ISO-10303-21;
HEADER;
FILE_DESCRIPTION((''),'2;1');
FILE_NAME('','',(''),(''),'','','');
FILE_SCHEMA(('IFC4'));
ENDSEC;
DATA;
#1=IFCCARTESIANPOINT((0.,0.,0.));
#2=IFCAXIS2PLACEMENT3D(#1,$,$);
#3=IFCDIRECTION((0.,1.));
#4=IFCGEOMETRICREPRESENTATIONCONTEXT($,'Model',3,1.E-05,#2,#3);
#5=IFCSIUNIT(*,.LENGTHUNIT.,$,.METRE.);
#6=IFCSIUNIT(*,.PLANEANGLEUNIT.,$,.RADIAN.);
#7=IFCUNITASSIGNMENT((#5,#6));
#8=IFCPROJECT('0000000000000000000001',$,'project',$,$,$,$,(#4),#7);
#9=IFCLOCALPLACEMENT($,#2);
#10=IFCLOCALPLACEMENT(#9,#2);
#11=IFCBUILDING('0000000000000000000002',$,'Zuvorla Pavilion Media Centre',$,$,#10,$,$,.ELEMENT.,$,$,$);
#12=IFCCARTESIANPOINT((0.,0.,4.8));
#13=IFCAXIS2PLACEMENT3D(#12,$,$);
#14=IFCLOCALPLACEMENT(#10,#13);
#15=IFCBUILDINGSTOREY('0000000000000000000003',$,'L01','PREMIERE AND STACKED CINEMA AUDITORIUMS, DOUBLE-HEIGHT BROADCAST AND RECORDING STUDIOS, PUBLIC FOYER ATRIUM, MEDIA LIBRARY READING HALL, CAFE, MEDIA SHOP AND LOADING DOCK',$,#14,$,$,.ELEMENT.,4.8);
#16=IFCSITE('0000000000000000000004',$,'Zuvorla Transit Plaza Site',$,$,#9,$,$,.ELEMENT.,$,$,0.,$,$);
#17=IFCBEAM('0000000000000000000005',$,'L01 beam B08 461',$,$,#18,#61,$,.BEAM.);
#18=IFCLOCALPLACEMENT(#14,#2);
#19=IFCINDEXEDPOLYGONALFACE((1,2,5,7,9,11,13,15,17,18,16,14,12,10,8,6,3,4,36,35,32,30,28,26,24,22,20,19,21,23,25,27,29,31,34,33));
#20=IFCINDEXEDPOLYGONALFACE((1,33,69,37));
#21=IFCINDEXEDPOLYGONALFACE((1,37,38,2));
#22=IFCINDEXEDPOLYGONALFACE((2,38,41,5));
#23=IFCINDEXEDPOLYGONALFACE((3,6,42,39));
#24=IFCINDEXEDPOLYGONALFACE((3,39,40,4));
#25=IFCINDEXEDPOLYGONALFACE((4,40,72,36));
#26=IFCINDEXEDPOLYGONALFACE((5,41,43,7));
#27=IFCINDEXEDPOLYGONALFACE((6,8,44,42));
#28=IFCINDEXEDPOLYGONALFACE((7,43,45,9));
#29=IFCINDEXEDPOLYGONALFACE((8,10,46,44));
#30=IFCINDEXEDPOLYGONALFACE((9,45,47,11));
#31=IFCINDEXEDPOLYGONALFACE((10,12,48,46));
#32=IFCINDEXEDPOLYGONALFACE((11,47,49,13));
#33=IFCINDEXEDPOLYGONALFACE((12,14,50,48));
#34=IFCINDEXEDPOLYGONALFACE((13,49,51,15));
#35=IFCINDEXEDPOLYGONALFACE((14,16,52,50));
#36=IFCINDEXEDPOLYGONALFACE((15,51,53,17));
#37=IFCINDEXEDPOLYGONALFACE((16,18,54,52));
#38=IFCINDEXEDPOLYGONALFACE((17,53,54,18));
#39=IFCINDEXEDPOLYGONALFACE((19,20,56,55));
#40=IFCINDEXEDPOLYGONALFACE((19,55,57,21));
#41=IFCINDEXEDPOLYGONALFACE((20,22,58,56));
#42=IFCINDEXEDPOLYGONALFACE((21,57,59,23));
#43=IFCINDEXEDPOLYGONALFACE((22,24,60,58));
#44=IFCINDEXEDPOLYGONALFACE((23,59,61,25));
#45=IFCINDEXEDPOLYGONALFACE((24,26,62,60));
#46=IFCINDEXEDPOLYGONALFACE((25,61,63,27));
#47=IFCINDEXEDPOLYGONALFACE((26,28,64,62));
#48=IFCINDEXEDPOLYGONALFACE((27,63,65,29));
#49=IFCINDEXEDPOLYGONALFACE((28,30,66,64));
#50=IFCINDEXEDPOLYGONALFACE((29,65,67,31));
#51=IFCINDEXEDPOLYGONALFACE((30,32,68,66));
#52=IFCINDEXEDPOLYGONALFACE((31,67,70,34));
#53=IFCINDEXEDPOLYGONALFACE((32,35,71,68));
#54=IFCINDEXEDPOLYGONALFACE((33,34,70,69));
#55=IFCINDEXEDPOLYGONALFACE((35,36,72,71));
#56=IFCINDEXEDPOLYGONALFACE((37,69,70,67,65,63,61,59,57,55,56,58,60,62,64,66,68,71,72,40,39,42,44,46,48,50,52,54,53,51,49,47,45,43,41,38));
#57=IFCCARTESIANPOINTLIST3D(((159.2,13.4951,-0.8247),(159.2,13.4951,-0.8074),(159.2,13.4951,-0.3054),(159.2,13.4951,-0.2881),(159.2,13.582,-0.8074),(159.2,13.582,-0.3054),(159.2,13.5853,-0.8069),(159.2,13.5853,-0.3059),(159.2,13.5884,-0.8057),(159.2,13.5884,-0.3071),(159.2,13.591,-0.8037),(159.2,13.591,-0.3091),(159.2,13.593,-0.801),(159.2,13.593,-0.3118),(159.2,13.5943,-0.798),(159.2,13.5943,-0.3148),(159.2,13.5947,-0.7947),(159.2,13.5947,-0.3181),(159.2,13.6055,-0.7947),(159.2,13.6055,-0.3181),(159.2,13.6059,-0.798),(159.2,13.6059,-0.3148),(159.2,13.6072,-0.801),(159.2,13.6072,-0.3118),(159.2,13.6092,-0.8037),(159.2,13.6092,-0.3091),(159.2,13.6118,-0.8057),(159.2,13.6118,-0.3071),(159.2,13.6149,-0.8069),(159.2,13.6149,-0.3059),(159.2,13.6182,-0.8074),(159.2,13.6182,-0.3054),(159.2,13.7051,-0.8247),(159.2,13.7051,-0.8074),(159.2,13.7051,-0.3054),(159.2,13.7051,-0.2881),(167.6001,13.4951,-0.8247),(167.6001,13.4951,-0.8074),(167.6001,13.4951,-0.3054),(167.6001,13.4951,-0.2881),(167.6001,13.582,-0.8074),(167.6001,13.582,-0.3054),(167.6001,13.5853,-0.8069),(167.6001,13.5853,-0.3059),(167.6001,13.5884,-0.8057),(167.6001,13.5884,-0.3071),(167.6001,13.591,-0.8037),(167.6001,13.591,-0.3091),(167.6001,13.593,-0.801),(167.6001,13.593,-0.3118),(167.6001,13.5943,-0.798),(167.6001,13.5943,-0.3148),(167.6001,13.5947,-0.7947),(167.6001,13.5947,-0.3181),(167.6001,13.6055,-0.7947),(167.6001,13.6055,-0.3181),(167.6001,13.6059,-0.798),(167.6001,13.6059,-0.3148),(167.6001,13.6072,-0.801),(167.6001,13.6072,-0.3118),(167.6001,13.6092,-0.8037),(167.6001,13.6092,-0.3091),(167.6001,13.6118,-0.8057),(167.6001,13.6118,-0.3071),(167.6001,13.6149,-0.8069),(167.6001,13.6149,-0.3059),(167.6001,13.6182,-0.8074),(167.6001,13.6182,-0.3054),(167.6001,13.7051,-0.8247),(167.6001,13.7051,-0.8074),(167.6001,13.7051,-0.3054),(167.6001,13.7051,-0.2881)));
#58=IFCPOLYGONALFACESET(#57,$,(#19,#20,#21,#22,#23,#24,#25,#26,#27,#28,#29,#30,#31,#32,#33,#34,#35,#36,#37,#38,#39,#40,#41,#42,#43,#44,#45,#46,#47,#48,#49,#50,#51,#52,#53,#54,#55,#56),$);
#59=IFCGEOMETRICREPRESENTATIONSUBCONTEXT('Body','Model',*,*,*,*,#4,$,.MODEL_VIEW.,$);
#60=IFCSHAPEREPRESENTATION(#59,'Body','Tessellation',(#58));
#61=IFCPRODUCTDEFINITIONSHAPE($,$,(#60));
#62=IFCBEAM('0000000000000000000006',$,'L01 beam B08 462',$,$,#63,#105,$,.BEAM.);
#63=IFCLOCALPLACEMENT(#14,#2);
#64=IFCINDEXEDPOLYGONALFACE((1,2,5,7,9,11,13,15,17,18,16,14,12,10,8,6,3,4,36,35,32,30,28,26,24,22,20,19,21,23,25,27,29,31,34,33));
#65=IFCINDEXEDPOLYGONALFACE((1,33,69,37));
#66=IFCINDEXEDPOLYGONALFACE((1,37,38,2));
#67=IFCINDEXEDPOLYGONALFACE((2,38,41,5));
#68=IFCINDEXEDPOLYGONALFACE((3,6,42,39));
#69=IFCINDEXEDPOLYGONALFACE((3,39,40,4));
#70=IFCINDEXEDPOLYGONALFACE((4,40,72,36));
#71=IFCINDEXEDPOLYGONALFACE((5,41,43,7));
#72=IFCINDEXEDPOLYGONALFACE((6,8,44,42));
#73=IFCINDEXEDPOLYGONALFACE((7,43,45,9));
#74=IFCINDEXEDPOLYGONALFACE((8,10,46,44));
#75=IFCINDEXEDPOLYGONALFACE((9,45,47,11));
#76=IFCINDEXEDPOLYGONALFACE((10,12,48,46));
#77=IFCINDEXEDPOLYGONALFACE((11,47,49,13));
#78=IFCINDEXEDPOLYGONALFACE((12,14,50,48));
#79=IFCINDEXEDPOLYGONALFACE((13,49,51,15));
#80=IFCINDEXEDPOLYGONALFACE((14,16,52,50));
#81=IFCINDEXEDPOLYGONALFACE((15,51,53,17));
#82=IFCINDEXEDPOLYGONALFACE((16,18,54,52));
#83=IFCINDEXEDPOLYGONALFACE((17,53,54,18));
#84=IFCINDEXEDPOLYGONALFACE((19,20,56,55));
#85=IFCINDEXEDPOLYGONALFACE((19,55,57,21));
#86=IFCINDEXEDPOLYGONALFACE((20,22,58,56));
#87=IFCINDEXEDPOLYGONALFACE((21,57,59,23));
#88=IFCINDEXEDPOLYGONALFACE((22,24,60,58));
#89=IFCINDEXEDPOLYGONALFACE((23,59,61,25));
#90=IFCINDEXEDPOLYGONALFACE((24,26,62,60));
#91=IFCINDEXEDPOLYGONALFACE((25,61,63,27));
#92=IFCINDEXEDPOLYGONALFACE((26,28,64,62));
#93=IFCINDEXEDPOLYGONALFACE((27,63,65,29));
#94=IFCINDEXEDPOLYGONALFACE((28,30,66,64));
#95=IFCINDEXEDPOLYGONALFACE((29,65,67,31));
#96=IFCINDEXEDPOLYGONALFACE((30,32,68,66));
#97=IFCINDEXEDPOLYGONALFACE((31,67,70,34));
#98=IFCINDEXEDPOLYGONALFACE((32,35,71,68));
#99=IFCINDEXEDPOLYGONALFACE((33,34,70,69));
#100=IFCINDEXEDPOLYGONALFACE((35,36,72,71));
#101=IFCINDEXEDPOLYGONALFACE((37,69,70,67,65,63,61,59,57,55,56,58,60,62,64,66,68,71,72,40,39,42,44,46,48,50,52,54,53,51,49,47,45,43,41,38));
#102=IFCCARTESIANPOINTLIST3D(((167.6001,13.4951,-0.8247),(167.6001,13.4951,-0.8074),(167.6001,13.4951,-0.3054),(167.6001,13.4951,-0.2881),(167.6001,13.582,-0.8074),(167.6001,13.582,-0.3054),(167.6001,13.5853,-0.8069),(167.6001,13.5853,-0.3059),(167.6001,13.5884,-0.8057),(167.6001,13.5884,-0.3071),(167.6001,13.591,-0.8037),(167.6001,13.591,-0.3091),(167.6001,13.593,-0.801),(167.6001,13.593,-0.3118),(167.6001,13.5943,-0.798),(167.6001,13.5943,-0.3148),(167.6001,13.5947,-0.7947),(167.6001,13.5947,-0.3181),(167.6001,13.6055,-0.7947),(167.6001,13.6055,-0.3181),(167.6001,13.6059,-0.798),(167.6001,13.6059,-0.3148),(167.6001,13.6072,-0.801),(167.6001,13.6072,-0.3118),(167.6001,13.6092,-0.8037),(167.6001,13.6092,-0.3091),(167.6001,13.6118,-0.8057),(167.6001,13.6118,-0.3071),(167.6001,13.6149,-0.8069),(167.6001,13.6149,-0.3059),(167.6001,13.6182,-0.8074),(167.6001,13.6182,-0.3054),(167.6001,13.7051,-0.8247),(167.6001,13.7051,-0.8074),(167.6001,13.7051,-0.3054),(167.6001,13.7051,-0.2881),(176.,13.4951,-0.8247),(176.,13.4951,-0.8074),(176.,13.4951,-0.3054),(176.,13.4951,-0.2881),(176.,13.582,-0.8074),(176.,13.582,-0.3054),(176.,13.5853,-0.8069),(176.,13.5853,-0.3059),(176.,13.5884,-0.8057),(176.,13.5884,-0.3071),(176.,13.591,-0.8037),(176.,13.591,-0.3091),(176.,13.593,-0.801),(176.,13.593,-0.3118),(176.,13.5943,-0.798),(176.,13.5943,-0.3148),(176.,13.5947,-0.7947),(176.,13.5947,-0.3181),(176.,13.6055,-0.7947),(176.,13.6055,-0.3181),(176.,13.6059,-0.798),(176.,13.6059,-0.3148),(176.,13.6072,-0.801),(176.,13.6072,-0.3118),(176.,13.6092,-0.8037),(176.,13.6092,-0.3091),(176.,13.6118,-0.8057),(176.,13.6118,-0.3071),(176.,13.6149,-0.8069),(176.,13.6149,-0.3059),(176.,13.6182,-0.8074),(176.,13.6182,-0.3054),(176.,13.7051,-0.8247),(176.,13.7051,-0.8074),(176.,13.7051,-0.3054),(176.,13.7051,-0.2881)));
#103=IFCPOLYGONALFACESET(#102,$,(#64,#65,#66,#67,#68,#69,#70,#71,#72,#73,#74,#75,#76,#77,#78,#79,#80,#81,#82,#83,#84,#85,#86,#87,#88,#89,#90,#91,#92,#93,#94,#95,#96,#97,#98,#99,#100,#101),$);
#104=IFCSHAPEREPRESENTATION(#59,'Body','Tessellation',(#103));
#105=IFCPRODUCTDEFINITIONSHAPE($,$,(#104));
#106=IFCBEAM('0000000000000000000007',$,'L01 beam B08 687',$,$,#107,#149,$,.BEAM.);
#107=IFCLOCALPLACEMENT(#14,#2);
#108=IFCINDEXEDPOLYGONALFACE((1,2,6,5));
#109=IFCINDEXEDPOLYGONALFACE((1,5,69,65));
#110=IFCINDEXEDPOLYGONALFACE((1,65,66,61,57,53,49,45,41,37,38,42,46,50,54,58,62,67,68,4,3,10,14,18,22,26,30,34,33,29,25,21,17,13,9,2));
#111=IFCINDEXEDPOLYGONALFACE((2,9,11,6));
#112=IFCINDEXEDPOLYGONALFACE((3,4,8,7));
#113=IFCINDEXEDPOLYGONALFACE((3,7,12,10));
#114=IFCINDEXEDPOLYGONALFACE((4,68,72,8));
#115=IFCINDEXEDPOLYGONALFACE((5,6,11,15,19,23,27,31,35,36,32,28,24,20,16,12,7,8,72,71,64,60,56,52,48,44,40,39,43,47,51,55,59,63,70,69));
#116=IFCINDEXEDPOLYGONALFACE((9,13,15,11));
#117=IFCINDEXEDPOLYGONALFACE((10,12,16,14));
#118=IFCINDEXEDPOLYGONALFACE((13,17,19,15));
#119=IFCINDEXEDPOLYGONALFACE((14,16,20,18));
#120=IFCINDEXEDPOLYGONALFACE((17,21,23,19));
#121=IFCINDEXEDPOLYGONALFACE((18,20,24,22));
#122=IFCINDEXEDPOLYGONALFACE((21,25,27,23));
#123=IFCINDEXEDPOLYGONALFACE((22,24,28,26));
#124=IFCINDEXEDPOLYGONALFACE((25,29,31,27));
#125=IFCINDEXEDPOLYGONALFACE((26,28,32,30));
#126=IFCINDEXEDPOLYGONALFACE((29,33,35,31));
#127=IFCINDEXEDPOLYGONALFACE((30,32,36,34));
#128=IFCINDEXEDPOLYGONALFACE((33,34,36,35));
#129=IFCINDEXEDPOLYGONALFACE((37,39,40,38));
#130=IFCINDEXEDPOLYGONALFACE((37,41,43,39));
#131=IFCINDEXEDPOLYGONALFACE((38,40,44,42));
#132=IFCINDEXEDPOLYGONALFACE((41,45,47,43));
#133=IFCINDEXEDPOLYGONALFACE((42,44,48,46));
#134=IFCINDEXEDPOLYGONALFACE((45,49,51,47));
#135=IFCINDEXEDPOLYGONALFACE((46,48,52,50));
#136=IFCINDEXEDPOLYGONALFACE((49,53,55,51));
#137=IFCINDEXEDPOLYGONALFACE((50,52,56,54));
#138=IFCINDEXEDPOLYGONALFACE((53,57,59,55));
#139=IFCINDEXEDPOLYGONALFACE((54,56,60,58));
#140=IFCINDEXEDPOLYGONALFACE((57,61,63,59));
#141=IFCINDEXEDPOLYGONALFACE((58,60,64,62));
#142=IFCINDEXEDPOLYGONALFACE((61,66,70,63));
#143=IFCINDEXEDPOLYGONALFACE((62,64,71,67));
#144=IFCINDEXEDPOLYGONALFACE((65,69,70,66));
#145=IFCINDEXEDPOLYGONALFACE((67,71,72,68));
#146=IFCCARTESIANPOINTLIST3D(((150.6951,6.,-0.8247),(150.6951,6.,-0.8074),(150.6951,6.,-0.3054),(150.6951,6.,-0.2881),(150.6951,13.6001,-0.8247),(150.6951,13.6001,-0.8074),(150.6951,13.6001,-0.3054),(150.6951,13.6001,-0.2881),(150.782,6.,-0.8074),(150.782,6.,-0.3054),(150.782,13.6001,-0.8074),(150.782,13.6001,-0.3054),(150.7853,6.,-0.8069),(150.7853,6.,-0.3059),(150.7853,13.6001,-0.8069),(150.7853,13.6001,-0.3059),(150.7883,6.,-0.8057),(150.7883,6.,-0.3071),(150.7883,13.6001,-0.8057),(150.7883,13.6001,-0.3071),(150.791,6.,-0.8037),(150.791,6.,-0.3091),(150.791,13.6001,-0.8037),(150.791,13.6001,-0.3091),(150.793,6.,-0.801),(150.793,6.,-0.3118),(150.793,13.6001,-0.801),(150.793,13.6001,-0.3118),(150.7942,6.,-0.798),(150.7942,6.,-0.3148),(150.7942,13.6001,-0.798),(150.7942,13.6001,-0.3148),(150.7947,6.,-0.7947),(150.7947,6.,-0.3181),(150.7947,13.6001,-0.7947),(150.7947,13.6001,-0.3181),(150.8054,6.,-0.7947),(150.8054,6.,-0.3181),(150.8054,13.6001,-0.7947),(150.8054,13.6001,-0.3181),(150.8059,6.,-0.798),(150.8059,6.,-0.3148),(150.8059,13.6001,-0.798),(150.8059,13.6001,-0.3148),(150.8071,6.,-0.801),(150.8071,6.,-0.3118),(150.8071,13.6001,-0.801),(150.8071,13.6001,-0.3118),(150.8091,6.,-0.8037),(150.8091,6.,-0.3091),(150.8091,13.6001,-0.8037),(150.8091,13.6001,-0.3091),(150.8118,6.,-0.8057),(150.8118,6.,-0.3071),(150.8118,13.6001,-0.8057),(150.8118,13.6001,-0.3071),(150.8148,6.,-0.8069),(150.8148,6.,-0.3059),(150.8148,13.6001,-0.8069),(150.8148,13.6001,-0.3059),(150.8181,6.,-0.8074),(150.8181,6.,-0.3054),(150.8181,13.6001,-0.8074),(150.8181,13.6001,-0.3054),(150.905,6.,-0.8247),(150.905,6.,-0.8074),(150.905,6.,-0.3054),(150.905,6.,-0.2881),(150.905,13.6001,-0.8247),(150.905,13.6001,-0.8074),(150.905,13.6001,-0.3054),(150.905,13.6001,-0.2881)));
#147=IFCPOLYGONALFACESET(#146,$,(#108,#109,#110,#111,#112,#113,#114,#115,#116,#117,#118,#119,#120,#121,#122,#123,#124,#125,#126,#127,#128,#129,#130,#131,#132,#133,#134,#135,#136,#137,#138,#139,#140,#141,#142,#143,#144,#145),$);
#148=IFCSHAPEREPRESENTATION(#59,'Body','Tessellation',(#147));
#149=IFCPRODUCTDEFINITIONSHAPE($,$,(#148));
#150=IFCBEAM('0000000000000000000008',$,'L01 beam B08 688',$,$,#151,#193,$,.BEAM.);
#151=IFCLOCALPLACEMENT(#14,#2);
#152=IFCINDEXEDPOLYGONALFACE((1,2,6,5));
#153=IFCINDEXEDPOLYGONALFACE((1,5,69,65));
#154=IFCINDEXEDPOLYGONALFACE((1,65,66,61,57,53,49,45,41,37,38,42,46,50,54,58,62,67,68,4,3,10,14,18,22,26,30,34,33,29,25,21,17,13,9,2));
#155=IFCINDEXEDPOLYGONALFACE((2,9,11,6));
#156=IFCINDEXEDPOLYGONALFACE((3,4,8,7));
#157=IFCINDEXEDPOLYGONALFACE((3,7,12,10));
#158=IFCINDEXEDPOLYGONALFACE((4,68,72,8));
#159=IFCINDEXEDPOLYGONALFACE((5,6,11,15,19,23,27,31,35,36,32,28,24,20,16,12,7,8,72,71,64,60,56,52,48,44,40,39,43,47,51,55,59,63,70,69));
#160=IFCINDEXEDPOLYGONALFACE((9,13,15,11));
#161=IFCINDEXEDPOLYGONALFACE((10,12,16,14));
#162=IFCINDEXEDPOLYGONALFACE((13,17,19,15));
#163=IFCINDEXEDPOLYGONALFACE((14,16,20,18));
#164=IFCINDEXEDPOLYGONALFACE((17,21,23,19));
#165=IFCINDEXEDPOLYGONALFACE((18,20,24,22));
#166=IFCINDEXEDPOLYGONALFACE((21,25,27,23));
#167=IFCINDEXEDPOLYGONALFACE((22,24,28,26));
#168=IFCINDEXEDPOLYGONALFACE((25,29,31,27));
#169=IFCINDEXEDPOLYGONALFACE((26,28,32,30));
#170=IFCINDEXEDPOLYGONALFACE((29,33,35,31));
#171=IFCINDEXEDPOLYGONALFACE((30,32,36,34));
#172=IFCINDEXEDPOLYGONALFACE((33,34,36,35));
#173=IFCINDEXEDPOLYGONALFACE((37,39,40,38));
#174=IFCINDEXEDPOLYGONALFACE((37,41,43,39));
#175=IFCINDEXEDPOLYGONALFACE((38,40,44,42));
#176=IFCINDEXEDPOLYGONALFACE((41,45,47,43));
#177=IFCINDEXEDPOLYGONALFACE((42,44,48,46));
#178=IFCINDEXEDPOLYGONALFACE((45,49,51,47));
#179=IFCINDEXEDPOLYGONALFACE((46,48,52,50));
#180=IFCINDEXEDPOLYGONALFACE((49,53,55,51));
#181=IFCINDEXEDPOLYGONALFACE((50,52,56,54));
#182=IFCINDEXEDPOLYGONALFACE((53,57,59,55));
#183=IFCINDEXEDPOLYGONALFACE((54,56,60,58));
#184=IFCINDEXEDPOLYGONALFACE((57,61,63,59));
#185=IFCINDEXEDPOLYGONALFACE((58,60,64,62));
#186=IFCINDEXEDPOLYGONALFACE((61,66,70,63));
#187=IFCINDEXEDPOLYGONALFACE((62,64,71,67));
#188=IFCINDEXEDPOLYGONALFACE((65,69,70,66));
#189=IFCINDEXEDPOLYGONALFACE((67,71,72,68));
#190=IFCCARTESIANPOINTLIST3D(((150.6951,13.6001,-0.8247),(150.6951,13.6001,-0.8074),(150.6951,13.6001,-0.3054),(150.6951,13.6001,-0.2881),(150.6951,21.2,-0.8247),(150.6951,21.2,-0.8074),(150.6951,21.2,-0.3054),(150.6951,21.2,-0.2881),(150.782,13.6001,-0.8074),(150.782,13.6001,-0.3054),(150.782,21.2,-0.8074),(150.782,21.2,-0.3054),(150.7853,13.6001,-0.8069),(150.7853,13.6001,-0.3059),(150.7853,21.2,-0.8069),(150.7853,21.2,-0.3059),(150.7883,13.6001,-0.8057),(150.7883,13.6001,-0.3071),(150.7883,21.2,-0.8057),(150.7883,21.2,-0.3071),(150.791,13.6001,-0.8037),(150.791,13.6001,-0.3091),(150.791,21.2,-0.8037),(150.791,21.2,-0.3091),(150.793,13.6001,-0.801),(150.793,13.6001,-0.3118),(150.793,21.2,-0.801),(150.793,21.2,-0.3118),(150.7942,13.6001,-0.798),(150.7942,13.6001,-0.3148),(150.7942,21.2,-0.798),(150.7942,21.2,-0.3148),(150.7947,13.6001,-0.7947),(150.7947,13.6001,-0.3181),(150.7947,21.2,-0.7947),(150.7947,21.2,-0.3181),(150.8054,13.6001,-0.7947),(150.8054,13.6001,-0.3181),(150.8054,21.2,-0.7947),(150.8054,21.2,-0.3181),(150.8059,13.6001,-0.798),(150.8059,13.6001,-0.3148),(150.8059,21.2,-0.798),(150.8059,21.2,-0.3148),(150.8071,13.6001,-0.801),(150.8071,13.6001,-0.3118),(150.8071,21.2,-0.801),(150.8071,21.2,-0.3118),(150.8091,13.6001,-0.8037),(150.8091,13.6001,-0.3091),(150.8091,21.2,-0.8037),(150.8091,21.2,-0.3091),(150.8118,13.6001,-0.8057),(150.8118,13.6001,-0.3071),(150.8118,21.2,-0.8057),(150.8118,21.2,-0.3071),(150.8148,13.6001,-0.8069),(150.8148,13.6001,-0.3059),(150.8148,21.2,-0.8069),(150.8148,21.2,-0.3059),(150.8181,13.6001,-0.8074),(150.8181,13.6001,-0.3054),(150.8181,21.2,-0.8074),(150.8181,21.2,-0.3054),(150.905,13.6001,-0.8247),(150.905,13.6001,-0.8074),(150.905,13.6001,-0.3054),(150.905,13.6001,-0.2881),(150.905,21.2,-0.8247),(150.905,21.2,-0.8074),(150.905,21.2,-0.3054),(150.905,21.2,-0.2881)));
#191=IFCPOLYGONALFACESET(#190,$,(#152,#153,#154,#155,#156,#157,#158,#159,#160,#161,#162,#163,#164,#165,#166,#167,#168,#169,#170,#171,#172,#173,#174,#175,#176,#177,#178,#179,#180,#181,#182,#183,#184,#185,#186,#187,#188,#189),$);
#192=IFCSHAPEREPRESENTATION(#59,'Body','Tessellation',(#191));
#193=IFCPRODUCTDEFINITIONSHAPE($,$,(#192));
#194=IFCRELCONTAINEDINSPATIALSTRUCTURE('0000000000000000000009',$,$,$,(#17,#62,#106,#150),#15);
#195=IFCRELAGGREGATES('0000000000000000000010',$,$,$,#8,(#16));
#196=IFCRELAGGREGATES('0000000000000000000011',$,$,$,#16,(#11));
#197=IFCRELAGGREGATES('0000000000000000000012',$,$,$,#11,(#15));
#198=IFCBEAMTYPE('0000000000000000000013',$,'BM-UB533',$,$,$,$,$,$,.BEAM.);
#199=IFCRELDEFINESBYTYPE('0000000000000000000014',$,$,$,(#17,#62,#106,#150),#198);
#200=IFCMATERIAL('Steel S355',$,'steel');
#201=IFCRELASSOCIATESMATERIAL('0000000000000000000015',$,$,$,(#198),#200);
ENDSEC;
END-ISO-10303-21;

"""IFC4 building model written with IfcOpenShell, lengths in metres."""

from ifc_helpers import new_model, si_unit, direction, frame, origin, origin_2d, place, context, subcontext, project, spatial, i_section, extrude, material, material_profile, profile_set, type_object, element, save


model = new_model("IFC4")

# Units and contexts
model_context = context("Model", 3, precision=1e-05, world=origin(), true_north=direction((0.0, 1.0)))
body_context = subcontext(model_context, "Body", "Model", "MODEL_VIEW")
ifc_project = project(units=[si_unit("LENGTHUNIT", "METRE"), si_unit("PLANEANGLEUNIT", "RADIAN")], contexts=[model_context])

# Site, building, storey
site_placement = place(None, origin())
site = spatial("IfcSite", under=ifc_project, at=site_placement, Name="Zuvorla Transit Plaza Site", CompositionType="ELEMENT", RefElevation=0.0)
building_placement = place(site_placement, origin())
building = spatial("IfcBuilding", under=site, at=building_placement, Name="Zuvorla Pavilion Media Centre", CompositionType="ELEMENT")
storey_placement = place(building_placement, frame((0.0, 0.0, 4.8)))
storey = spatial("IfcBuildingStorey", under=building, at=storey_placement, Name="L01", Description="PREMIERE AND STACKED CINEMA AUDITORIUMS, DOUBLE-HEIGHT BROADCAST AND RECORDING STUDIOS, PUBLIC FOYER ATRIUM, MEDIA LIBRARY READING HALL, CAFE, MEDIA SHOP AND LOADING DOCK", CompositionType="ELEMENT", Elevation=4.8)

# Shared definitions
ifc_material_1 = material(Name="Steel S355", Category="steel")

# Beams
ifc_material_profile_1 = material_profile(ifc_material_1, i_section(OverallWidth=0.21, OverallDepth=0.5366, WebThickness=0.0107, FlangeThickness=0.0173, FilletRadius=0.0127, at=origin_2d()), Name="UB 533x210x101")
ifc_profile_set_1 = profile_set([ifc_material_profile_1], Name="Steel S355")
beam_type_1 = type_object("IfcBeamType", Name="BM-UB533", PredefinedType="BEAM", material=ifc_profile_set_1)
beam_1_placement = place(storey_placement, frame((159.2, 13.6001, -0.5564), z_axis=(1.0, 0.0, 0.0), x_axis=(0.0, 1.0, 0.0)))
element("IfcBeam", 1, at=beam_1_placement, inside=storey, type_object=beam_type_1, Name="L01 beam B08 461", PredefinedType="BEAM", context=body_context, shape_type="SweptSolid", body=[
    extrude(i_section(OverallWidth=0.21, OverallDepth=0.5366, WebThickness=0.0107, FlangeThickness=0.0173, FilletRadius=0.0127, at=origin_2d()), origin(), (0.0, 0.0, 1.0), 8.4001),
])
beam_2_placement = place(storey_placement, frame((167.6001, 13.6001, -0.5564), z_axis=(1.0, 0.0, 0.0), x_axis=(0.0, 1.0, 0.0)))
element("IfcBeam", 2, at=beam_2_placement, inside=storey, type_object=beam_type_1, Name="L01 beam B08 462", PredefinedType="BEAM", context=body_context, shape_type="SweptSolid", body=[
    extrude(i_section(OverallWidth=0.21, OverallDepth=0.5366, WebThickness=0.0107, FlangeThickness=0.0173, FilletRadius=0.0127, at=origin_2d()), origin(), (0.0, 0.0, 1.0), 8.3999),
])
beam_3_placement = place(storey_placement, frame((150.8, 6.0, -0.5564), z_axis=(0.0, 1.0, 0.0), x_axis=(-1.0, 0.0, 0.0)))
element("IfcBeam", 3, at=beam_3_placement, inside=storey, type_object=beam_type_1, Name="L01 beam B08 687", PredefinedType="BEAM", context=body_context, shape_type="SweptSolid", body=[
    extrude(i_section(OverallWidth=0.21, OverallDepth=0.5366, WebThickness=0.0107, FlangeThickness=0.0173, FilletRadius=0.0127, at=origin_2d()), origin(), (0.0, 0.0, 1.0), 7.6001),
])
beam_4_placement = place(storey_placement, frame((150.8, 13.6001, -0.5564), z_axis=(0.0, 1.0, 0.0), x_axis=(-1.0, 0.0, 0.0)))
element("IfcBeam", 4, at=beam_4_placement, inside=storey, type_object=beam_type_1, Name="L01 beam B08 688", PredefinedType="BEAM", context=body_context, shape_type="SweptSolid", body=[
    extrude(i_section(OverallWidth=0.21, OverallDepth=0.5366, WebThickness=0.0107, FlangeThickness=0.0173, FilletRadius=0.0127, at=origin_2d()), origin(), (0.0, 0.0, 1.0), 7.5999),
])

save(model, "model.ifc")
